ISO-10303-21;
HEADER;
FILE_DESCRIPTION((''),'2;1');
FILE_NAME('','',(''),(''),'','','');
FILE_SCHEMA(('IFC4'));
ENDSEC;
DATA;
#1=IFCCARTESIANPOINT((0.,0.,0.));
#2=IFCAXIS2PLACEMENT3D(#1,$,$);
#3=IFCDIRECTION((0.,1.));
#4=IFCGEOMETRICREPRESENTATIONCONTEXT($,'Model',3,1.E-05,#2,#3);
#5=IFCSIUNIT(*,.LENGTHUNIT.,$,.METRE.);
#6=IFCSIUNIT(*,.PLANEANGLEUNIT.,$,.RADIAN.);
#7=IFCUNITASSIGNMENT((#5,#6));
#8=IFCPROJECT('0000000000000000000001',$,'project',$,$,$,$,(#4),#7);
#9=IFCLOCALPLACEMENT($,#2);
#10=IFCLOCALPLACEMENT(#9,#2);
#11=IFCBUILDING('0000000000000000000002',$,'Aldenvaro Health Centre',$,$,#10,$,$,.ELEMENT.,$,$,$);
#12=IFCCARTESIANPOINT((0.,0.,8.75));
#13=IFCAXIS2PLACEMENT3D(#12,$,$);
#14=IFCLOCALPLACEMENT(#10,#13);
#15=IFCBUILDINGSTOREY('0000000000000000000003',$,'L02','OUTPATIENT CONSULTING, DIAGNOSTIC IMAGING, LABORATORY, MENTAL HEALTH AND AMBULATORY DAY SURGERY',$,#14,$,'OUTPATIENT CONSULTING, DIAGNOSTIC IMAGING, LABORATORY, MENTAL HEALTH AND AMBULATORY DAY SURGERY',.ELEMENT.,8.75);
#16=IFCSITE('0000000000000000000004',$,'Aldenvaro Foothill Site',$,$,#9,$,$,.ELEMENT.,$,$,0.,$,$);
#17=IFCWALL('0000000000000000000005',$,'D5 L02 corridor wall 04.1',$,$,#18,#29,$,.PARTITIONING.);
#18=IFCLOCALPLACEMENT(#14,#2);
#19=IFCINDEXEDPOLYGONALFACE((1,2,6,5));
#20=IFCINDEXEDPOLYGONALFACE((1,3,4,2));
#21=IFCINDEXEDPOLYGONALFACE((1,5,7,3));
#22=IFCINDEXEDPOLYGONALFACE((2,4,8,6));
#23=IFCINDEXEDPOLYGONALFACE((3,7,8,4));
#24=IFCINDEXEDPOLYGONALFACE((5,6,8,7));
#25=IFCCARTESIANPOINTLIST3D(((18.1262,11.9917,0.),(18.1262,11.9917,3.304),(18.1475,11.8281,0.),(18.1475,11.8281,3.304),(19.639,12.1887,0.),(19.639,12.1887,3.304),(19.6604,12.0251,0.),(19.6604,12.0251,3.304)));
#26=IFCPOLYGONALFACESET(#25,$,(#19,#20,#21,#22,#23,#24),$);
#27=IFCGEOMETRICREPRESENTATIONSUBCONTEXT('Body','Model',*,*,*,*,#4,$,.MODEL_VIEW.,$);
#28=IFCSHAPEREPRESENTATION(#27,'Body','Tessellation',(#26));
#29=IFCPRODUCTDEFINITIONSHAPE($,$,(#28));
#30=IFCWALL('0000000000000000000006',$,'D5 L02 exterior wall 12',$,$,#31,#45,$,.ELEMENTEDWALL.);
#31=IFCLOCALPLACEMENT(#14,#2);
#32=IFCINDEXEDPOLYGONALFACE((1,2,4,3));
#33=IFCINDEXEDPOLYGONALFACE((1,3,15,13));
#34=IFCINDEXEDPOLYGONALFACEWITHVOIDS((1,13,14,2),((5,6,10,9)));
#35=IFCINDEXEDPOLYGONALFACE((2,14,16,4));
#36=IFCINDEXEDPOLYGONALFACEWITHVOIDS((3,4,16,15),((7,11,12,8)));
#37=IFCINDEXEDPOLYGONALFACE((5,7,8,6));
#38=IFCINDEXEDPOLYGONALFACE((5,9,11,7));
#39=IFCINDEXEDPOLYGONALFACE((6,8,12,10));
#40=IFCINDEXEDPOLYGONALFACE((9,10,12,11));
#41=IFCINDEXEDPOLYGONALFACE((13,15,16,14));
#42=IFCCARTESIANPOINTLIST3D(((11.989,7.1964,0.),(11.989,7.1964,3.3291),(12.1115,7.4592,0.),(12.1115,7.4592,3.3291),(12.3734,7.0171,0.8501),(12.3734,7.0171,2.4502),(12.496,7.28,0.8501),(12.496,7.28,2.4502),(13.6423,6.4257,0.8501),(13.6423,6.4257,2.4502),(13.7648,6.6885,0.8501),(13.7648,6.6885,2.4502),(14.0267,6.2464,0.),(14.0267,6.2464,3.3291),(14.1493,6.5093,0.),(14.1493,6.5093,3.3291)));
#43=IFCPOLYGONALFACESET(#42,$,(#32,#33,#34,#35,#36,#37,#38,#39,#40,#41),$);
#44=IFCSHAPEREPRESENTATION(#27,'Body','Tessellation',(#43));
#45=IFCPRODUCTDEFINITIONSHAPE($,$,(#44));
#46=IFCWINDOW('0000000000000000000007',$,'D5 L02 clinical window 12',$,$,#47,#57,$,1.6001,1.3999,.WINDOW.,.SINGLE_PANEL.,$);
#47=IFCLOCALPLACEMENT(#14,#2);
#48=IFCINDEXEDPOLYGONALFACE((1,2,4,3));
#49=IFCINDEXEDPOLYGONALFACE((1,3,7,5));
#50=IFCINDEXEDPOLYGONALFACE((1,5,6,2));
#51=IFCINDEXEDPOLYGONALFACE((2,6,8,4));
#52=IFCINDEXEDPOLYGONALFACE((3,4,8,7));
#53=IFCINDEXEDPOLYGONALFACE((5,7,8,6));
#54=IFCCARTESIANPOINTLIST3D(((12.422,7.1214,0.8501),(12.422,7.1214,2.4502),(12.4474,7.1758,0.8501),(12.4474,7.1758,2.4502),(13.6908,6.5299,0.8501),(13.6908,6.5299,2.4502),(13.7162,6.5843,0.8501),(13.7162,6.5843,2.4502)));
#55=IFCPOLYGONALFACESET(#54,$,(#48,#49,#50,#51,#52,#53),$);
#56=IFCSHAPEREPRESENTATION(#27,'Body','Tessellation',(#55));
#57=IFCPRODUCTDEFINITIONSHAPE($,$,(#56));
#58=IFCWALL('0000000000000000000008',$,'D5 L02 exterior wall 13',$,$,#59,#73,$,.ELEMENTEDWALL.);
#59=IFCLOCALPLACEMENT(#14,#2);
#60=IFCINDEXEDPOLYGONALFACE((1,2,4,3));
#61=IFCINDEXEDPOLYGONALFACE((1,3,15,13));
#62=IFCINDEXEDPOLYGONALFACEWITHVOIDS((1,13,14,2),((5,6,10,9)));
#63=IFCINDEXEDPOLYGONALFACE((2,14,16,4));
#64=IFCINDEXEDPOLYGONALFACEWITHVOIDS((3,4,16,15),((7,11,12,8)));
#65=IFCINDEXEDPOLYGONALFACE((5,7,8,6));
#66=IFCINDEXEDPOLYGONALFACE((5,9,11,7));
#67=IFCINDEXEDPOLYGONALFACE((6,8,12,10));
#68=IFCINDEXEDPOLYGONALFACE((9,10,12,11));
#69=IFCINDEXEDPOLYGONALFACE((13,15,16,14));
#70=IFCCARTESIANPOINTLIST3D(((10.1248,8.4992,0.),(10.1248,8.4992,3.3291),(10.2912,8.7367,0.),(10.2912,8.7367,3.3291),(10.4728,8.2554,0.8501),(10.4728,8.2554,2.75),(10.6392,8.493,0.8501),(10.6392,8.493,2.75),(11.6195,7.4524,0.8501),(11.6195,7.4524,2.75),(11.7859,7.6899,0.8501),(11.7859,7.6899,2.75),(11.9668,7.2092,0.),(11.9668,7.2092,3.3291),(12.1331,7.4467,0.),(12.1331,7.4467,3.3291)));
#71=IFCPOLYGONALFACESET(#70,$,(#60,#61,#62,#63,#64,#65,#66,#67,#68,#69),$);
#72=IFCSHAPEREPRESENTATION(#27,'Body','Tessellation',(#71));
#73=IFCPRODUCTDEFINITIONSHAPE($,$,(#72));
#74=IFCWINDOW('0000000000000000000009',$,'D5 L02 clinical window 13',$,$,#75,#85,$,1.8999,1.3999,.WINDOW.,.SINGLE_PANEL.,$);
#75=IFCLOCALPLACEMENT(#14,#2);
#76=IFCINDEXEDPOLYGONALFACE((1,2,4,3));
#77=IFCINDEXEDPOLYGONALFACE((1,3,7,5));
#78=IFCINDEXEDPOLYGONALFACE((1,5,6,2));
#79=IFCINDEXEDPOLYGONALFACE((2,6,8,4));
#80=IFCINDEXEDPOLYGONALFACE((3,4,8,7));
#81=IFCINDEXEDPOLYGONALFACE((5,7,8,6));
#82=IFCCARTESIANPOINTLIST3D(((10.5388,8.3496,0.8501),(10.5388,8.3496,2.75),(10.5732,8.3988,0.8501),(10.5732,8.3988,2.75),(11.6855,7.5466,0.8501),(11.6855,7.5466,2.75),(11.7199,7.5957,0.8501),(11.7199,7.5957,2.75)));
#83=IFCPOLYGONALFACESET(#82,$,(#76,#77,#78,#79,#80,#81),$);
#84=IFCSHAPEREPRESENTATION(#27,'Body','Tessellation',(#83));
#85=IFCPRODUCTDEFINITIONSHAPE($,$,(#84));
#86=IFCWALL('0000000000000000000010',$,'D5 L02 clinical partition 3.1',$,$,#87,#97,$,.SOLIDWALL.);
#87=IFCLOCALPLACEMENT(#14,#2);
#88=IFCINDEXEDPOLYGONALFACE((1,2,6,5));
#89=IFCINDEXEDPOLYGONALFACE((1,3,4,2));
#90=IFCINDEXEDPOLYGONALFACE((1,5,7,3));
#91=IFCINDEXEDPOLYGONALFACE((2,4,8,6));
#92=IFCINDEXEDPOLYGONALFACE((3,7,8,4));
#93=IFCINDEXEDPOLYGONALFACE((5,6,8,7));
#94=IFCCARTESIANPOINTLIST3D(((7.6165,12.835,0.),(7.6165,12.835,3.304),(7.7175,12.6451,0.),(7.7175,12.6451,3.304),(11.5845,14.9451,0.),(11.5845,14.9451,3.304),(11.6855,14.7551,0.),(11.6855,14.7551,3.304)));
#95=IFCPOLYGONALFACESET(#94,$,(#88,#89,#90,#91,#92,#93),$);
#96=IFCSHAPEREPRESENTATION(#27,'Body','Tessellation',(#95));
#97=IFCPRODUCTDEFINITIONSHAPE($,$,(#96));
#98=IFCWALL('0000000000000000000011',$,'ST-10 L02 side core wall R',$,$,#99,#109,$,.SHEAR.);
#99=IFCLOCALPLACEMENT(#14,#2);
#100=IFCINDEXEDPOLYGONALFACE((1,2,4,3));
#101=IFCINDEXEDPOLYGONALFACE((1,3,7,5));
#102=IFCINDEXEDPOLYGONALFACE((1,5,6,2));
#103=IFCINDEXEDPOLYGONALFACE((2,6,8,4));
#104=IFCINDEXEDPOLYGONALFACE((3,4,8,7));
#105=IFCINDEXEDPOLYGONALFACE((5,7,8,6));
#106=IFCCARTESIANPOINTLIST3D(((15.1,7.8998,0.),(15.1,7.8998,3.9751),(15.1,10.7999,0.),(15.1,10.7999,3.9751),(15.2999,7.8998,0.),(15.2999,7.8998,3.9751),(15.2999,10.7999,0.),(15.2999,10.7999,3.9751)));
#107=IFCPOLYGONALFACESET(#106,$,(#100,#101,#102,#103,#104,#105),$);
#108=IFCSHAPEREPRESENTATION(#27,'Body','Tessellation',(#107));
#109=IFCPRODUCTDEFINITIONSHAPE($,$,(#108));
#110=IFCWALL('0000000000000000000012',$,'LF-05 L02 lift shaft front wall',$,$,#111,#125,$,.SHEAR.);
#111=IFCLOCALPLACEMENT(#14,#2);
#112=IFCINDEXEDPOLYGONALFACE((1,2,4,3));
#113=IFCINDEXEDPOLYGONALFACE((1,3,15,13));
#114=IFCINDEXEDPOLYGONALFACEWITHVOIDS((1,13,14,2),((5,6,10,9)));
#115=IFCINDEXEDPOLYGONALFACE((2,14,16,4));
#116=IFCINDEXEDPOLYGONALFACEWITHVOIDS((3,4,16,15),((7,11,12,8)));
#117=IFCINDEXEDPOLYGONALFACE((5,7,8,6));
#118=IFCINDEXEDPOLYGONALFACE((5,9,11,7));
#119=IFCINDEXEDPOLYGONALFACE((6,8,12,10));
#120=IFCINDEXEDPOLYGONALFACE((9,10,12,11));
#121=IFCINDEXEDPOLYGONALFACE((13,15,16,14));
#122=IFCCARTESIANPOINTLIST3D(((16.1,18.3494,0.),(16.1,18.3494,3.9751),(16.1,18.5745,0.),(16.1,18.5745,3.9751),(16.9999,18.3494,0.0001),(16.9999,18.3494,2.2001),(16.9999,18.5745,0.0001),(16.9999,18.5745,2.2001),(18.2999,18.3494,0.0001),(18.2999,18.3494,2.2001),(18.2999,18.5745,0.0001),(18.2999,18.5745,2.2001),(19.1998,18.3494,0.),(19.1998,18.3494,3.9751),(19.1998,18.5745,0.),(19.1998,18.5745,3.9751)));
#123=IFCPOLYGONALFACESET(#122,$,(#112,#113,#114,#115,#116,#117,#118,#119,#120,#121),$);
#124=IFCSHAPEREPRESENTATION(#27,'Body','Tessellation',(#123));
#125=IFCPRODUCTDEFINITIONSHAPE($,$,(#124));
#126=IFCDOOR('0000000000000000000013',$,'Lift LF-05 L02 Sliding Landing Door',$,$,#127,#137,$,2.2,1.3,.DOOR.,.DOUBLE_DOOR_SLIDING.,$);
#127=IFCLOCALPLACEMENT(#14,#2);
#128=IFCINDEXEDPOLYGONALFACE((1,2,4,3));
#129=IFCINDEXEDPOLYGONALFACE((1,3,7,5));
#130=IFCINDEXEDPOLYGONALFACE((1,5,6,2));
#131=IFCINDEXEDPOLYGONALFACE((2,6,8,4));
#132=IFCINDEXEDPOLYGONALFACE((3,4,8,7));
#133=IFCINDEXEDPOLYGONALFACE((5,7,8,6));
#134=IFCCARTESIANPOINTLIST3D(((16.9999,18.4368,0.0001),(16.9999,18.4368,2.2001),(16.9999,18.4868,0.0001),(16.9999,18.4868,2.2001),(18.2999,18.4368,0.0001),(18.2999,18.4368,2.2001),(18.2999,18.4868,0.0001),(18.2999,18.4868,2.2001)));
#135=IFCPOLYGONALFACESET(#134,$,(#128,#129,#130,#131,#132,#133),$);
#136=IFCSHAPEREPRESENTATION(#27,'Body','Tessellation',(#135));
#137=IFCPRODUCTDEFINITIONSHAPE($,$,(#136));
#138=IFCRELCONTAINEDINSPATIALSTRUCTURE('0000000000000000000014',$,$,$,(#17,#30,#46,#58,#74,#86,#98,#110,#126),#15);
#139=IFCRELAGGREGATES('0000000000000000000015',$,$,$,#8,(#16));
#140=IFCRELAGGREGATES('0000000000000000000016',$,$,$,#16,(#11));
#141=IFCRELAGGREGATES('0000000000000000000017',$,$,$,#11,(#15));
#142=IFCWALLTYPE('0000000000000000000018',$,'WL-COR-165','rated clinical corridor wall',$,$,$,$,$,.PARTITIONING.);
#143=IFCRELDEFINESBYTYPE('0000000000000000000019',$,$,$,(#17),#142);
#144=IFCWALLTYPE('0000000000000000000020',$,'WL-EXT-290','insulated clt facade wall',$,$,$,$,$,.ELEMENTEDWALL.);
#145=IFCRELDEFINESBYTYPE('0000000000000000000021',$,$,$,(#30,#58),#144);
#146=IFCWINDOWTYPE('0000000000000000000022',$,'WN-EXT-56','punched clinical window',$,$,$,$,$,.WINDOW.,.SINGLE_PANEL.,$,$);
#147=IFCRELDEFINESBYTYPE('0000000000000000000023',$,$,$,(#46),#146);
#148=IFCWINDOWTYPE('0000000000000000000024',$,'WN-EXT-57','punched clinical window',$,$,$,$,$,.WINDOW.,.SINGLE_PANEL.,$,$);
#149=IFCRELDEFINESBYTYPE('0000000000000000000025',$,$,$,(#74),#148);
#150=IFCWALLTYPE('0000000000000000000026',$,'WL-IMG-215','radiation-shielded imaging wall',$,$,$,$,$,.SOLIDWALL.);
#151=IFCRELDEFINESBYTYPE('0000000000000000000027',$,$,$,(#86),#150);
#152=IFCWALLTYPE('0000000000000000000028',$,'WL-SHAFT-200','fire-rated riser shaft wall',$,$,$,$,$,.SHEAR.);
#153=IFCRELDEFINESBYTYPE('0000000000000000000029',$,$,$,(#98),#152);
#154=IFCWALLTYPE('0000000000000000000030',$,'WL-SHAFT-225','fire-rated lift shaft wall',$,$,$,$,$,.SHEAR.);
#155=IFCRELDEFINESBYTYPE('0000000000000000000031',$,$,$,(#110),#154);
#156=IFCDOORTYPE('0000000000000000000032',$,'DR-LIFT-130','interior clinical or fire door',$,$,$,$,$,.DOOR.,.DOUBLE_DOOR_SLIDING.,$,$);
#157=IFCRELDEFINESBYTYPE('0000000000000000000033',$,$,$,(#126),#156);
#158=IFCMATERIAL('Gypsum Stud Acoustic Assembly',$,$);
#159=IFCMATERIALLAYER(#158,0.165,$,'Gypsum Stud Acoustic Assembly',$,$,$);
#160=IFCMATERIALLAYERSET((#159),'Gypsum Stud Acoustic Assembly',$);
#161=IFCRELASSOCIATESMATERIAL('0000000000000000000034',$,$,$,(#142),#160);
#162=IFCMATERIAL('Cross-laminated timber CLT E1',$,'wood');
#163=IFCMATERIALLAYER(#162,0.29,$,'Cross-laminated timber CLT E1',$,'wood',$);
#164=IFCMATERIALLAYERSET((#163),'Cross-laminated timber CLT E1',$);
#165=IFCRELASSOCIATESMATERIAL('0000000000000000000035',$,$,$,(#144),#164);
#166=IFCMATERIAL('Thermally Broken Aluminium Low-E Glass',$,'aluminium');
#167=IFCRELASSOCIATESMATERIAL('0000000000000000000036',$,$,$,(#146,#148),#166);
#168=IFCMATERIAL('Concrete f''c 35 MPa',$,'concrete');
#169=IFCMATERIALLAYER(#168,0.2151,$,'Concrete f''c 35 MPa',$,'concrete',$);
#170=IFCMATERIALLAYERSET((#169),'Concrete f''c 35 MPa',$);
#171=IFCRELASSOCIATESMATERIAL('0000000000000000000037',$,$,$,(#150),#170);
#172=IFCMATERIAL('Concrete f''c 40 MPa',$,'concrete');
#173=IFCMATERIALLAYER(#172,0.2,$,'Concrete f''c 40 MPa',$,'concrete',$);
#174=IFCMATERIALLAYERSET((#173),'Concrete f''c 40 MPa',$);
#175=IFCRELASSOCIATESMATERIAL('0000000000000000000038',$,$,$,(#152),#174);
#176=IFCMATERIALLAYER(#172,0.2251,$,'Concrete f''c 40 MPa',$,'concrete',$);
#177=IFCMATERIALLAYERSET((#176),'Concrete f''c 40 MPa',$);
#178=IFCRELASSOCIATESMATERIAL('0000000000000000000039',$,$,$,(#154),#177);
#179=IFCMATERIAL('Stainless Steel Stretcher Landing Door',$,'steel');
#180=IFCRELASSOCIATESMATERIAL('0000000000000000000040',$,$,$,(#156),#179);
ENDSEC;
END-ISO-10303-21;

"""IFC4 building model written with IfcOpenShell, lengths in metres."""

from ifc_helpers import new_model, si_unit, direction, frame, frame_2d, origin, place, context, subcontext, project, spatial, rectangle, extrude, material, layer, layer_set, type_object, element, fill, save


model = new_model("IFC4")

# Units and contexts
model_context = context("Model", 3, precision=1e-05, world=origin(), true_north=direction((0.0, 1.0)))
body_context = subcontext(model_context, "Body", "Model", "MODEL_VIEW")
ifc_project = project(units=[si_unit("LENGTHUNIT", "METRE"), si_unit("PLANEANGLEUNIT", "RADIAN")], contexts=[model_context])

# Site, building, storey
site_placement = place(None, origin())
site = spatial("IfcSite", under=ifc_project, at=site_placement, Name="Aldenvaro Foothill Site", CompositionType="ELEMENT", RefElevation=0.0)
building_placement = place(site_placement, origin())
building = spatial("IfcBuilding", under=site, at=building_placement, Name="Aldenvaro Health Centre", CompositionType="ELEMENT")
storey_placement = place(building_placement, frame((0.0, 0.0, 8.75)))
storey = spatial("IfcBuildingStorey", under=building, at=storey_placement, Name="L02", Description="OUTPATIENT CONSULTING, DIAGNOSTIC IMAGING, LABORATORY, MENTAL HEALTH AND AMBULATORY DAY SURGERY", LongName="OUTPATIENT CONSULTING, DIAGNOSTIC IMAGING, LABORATORY, MENTAL HEALTH AND AMBULATORY DAY SURGERY", CompositionType="ELEMENT", Elevation=8.75)

# Shared definitions
ifc_material_1 = material(Name="Concrete f'c 40 MPa", Category="concrete")

# Shared definitions
ifc_material_2 = material(Name="Gypsum Stud Acoustic Assembly")
ifc_layer_1 = layer(ifc_material_2, 0.165, Name="Gypsum Stud Acoustic Assembly")
ifc_layer_set_1 = layer_set([ifc_layer_1], Name="Gypsum Stud Acoustic Assembly")
wall_type_1 = type_object("IfcWallType", Name="WL-COR-165", Description="rated clinical corridor wall", PredefinedType="PARTITIONING", material=ifc_layer_set_1)

# Wall
wall_1_placement = place(storey_placement, frame((18.137, 11.9099, 0.0), z_axis=(0.0, 0.0, 1.0), x_axis=(0.991627, 0.129134, 0.0)))
element("IfcWall", 1, at=wall_1_placement, inside=storey, type_object=wall_type_1, Name="D5 L02 corridor wall 04.1", PredefinedType="PARTITIONING", context=body_context, shape_type="SweptSolid", body=[
    extrude(rectangle(XDim=1.5256, YDim=0.165, at=frame_2d((0.7627, 0.0))), origin(), (0.0, 0.0, 1.0), 3.304),
])

# Walls, openings, windows
ifc_material_3 = material(Name="Cross-laminated timber CLT E1", Category="wood")
ifc_layer_2 = layer(ifc_material_3, 0.29, Name="Cross-laminated timber CLT E1", Category="wood")
ifc_layer_set_2 = layer_set([ifc_layer_2], Name="Cross-laminated timber CLT E1")
wall_type_2 = type_object("IfcWallType", Name="WL-EXT-290", Description="insulated clt facade wall", PredefinedType="ELEMENTEDWALL", material=ifc_layer_set_2)
wall_2_placement = place(storey_placement, frame((14.0879, 6.3779, 0.0), z_axis=(0.0, 0.0, 1.0), x_axis=(-0.906361, 0.422505, 0.0)))
wall_2 = element("IfcWall", 2, at=wall_2_placement, inside=storey, type_object=wall_type_2, Name="D5 L02 exterior wall 12", PredefinedType="ELEMENTEDWALL", context=body_context, shape_type="SweptSolid", body=[
    extrude(rectangle(XDim=2.2483, YDim=0.29, at=frame_2d((1.124, 0.0))), origin(), (0.0, 0.0, 1.0), 3.3291),
])
opening_1_placement = place(wall_2_placement, frame((0.4241, 0.0, 0.8501)))
opening_1 = element("IfcOpeningElement", 3, at=opening_1_placement, cuts=wall_2, PredefinedType="OPENING", context=body_context, shape_type="SweptSolid", body=[
    extrude(rectangle(XDim=1.3999, YDim=1.6001, at=frame_2d((0.7, 0.8))), frame((0.0, 0.155, 0.0), z_axis=(0.0, -1.0, 0.0), x_axis=(1.0, 0.0, 0.0)), (0.0, 0.0, 1.0), 0.3101),
])
ifc_material_4 = material(Name="Thermally Broken Aluminium Low-E Glass", Category="aluminium")
window_type_1 = type_object("IfcWindowType", Name="WN-EXT-56", Description="punched clinical window", PartitioningType="SINGLE_PANEL", PredefinedType="WINDOW", material=ifc_material_4)
window_1_placement = place(opening_1_placement, origin())
window_1 = element("IfcWindow", 4, at=window_1_placement, inside=storey, type_object=window_type_1, Name="D5 L02 clinical window 12", OverallHeight=1.6001, OverallWidth=1.3999, PartitioningType="SINGLE_PANEL", PredefinedType="WINDOW", context=body_context, shape_type="SweptSolid", body=[
    extrude(rectangle(XDim=1.3999, YDim=1.6001, at=frame_2d((0.7, 0.8))), frame((0.0, 0.03, 0.0), z_axis=(0.0, -1.0, 0.0), x_axis=(1.0, 0.0, 0.0)), (0.0, 0.0, 1.0), 0.0601),
])
fill(opening_1, window_1)
wall_3_placement = place(storey_placement, frame((12.05, 7.3279, 0.0), z_axis=(0.0, 0.0, 1.0), x_axis=(-0.819104, 0.573644, 0.0)))
wall_3 = element("IfcWall", 5, at=wall_3_placement, inside=storey, type_object=wall_type_2, Name="D5 L02 exterior wall 13", PredefinedType="ELEMENTEDWALL", context=body_context, shape_type="SweptSolid", body=[
    extrude(rectangle(XDim=2.2488, YDim=0.29, at=frame_2d((1.1245, 0.0))), origin(), (0.0, 0.0, 1.0), 3.3291),
])
opening_2_placement = place(wall_3_placement, frame((0.4241, 0.0, 0.8501)))
opening_2 = element("IfcOpeningElement", 6, at=opening_2_placement, cuts=wall_3, PredefinedType="OPENING", context=body_context, shape_type="SweptSolid", body=[
    extrude(rectangle(XDim=1.3999, YDim=1.8999, at=frame_2d((0.7, 0.95))), frame((0.0, 0.155, 0.0), z_axis=(0.0, -1.0, 0.0), x_axis=(1.0, 0.0, 0.0)), (0.0, 0.0, 1.0), 0.3101),
])
window_type_2 = type_object("IfcWindowType", Name="WN-EXT-57", Description="punched clinical window", PartitioningType="SINGLE_PANEL", PredefinedType="WINDOW", material=ifc_material_4)
window_2_placement = place(opening_2_placement, origin())
window_2 = element("IfcWindow", 7, at=window_2_placement, inside=storey, type_object=window_type_2, Name="D5 L02 clinical window 13", OverallHeight=1.8999, OverallWidth=1.3999, PartitioningType="SINGLE_PANEL", PredefinedType="WINDOW", context=body_context, shape_type="SweptSolid", body=[
    extrude(rectangle(XDim=1.3999, YDim=1.8999, at=frame_2d((0.7, 0.95))), frame((0.0, 0.03, 0.0), z_axis=(0.0, -1.0, 0.0), x_axis=(1.0, 0.0, 0.0)), (0.0, 0.0, 1.0), 0.0601),
])
fill(opening_2, window_2)

# Walls
ifc_material_5 = material(Name="Concrete f'c 35 MPa", Category="concrete")
ifc_layer_3 = layer(ifc_material_5, 0.2151, Name="Concrete f'c 35 MPa", Category="concrete")
ifc_layer_set_3 = layer_set([ifc_layer_3], Name="Concrete f'c 35 MPa")
wall_type_3 = type_object("IfcWallType", Name="WL-IMG-215", Description="radiation-shielded imaging wall", PredefinedType="SOLIDWALL", material=ifc_layer_set_3)
wall_4_placement = place(storey_placement, frame((11.635, 14.8501, 0.0), z_axis=(0.0, 0.0, 1.0), x_axis=(-0.882922, -0.469519, 0.0)))
element("IfcWall", 8, at=wall_4_placement, inside=storey, type_object=wall_type_3, Name="D5 L02 clinical partition 3.1", PredefinedType="SOLIDWALL", context=body_context, shape_type="SweptSolid", body=[
    extrude(rectangle(XDim=4.4941, YDim=0.2151, at=frame_2d((2.2471, 0.0))), origin(), (0.0, 0.0, 1.0), 3.304),
])
ifc_layer_4 = layer(ifc_material_1, 0.2, Name="Concrete f'c 40 MPa", Category="concrete")
ifc_layer_set_4 = layer_set([ifc_layer_4], Name="Concrete f'c 40 MPa")
wall_type_4 = type_object("IfcWallType", Name="WL-SHAFT-200", Description="fire-rated riser shaft wall", PredefinedType="SHEAR", material=ifc_layer_set_4)
wall_5_placement = place(storey_placement, frame((15.2, 10.8, 0.0), z_axis=(0.0, 0.0, 1.0), x_axis=(0.0, -1.0, 0.0)))
element("IfcWall", 9, at=wall_5_placement, inside=storey, type_object=wall_type_4, Name="ST-10 L02 side core wall R", PredefinedType="SHEAR", context=body_context, shape_type="SweptSolid", body=[
    extrude(rectangle(XDim=2.9001, YDim=0.2, at=frame_2d((1.4502, 0.0))), origin(), (0.0, 0.0, 1.0), 3.9751),
])

# Wall, opening, door
ifc_layer_5 = layer(ifc_material_1, 0.2251, Name="Concrete f'c 40 MPa", Category="concrete")
ifc_layer_set_5 = layer_set([ifc_layer_5], Name="Concrete f'c 40 MPa")
wall_type_5 = type_object("IfcWallType", Name="WL-SHAFT-225", Description="fire-rated lift shaft wall", PredefinedType="SHEAR", material=ifc_layer_set_5)
wall_6_placement = place(storey_placement, frame((16.1001, 18.4619, 0.0), z_axis=(0.0, 0.0, 1.0), x_axis=(1.0, 0.0, 0.0)))
wall_6 = element("IfcWall", 10, at=wall_6_placement, inside=storey, type_object=wall_type_5, Name="LF-05 L02 lift shaft front wall", PredefinedType="SHEAR", context=body_context, shape_type="SweptSolid", body=[
    extrude(rectangle(XDim=3.0999, YDim=0.2251, at=frame_2d((1.5498, 0.0))), origin(), (0.0, 0.0, 1.0), 3.9751),
])
opening_3_placement = place(wall_6_placement, frame((0.8999, 0.0, 0.0)))
opening_3 = element("IfcOpeningElement", 11, at=opening_3_placement, cuts=wall_6, PredefinedType="OPENING", context=body_context, shape_type="SweptSolid", body=[
    extrude(rectangle(XDim=1.3, YDim=2.2, at=frame_2d((0.6499, 1.1001))), frame((0.0, 0.1226, 0.0), z_axis=(0.0, -1.0, 0.0), x_axis=(1.0, 0.0, 0.0)), (0.0, 0.0, 1.0), 0.2451),
])
ifc_material_6 = material(Name="Stainless Steel Stretcher Landing Door", Category="steel")
door_type_1 = type_object("IfcDoorType", Name="DR-LIFT-130", Description="interior clinical or fire door", OperationType="DOUBLE_DOOR_SLIDING", PredefinedType="DOOR", material=ifc_material_6)
door_1_placement = place(opening_3_placement, origin())
door_1 = element("IfcDoor", 12, at=door_1_placement, inside=storey, type_object=door_type_1, Name="Lift LF-05 L02 Sliding Landing Door", OperationType="DOUBLE_DOOR_SLIDING", OverallHeight=2.2, OverallWidth=1.3, PredefinedType="DOOR", context=body_context, shape_type="SweptSolid", body=[
    extrude(rectangle(XDim=1.3, YDim=2.2, at=frame_2d((0.6499, 1.1001))), frame((0.0, 0.0249, 0.0), z_axis=(0.0, -1.0, 0.0), x_axis=(1.0, 0.0, 0.0)), (0.0, 0.0, 1.0), 0.05),
])
fill(opening_3, door_1)

save(model, "model.ifc")
